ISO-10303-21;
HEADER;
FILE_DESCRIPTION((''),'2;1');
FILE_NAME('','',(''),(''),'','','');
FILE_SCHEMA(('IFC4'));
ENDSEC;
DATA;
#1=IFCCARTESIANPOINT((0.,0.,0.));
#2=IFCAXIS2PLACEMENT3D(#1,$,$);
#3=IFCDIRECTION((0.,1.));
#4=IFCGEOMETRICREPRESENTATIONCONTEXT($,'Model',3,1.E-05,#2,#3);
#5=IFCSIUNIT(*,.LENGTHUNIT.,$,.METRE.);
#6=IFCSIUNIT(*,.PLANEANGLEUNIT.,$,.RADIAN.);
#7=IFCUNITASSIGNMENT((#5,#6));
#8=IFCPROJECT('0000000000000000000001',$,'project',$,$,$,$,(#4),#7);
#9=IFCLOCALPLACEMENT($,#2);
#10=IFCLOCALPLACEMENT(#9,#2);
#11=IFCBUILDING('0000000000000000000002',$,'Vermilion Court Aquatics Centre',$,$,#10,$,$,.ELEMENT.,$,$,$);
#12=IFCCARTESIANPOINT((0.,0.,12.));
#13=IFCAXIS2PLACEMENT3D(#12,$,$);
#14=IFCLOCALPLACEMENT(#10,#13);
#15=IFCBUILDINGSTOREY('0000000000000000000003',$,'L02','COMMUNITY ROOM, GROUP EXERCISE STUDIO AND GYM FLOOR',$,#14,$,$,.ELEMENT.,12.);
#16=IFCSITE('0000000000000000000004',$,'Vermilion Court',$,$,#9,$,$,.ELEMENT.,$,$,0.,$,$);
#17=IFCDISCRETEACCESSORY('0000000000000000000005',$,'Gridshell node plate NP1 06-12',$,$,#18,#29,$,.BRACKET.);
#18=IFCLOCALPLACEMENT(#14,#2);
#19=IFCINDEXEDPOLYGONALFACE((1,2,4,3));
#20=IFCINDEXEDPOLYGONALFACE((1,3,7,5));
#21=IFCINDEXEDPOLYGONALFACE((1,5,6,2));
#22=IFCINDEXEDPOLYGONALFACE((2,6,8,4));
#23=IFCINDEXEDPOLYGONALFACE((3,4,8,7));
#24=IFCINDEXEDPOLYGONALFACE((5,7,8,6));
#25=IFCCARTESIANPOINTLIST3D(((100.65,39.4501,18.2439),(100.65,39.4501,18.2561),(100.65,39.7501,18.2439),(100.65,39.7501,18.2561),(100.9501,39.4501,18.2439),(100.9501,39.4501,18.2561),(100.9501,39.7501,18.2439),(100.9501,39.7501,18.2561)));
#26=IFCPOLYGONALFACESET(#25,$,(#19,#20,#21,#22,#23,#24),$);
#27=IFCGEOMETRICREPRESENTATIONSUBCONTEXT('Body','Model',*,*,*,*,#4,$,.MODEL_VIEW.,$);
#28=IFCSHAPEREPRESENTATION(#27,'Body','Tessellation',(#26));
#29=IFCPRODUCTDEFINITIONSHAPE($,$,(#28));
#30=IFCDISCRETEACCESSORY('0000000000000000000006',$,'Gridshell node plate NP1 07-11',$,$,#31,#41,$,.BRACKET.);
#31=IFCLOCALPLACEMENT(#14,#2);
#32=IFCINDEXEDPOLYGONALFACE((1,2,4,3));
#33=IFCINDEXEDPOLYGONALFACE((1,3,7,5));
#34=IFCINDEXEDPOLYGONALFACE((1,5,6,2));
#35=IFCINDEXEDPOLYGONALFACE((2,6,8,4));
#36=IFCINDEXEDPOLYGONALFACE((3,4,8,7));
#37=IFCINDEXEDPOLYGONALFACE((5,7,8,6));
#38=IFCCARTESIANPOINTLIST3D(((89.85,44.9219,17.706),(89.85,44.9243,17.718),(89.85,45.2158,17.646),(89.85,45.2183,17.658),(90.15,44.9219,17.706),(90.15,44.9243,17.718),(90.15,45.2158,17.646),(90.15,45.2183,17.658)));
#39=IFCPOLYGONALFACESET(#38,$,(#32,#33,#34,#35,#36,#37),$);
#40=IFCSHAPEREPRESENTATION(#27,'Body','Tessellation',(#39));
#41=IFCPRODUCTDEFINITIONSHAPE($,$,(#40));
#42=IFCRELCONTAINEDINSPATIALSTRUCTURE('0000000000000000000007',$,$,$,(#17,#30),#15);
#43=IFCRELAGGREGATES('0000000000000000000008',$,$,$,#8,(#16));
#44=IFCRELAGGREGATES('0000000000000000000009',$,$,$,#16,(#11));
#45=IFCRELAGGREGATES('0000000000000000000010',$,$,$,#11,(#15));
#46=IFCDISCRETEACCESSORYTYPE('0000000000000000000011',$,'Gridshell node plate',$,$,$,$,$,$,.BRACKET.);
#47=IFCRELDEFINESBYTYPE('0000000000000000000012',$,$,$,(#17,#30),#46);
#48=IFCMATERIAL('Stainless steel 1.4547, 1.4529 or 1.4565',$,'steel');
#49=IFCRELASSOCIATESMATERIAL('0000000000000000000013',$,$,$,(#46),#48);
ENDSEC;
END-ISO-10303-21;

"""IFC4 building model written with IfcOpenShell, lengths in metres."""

from ifc_helpers import new_model, si_unit, direction, frame, origin, origin_2d, place, context, subcontext, project, spatial, rectangle, extrude, material, material_profile, profile_set, type_object, element, save


model = new_model("IFC4")

# Units and contexts
model_context = context("Model", 3, precision=1e-05, world=origin(), true_north=direction((0.0, 1.0)))
body_context = subcontext(model_context, "Body", "Model", "MODEL_VIEW")
ifc_project = project(units=[si_unit("LENGTHUNIT", "METRE"), si_unit("PLANEANGLEUNIT", "RADIAN")], contexts=[model_context])

# Site, building, storey
site_placement = place(None, origin())
site = spatial("IfcSite", under=ifc_project, at=site_placement, Name="Vermilion Court", CompositionType="ELEMENT", RefElevation=0.0)
building_placement = place(site_placement, origin())
building = spatial("IfcBuilding", under=site, at=building_placement, Name="Vermilion Court Aquatics Centre", CompositionType="ELEMENT")
storey_placement = place(building_placement, frame((0.0, 0.0, 12.0)))
storey = spatial("IfcBuildingStorey", under=building, at=storey_placement, Name="L02", Description="COMMUNITY ROOM, GROUP EXERCISE STUDIO AND GYM FLOOR", CompositionType="ELEMENT", Elevation=12.0)

# Discrete accessories
ifc_material_1 = material(Name="Stainless steel 1.4547, 1.4529 or 1.4565", Category="steel")
ifc_material_profile_1 = material_profile(ifc_material_1, rectangle(XDim=0.3, YDim=0.3, at=origin_2d()), Name="PL 12 x 300 x 300")
ifc_profile_set_1 = profile_set([ifc_material_profile_1], Name="Stainless steel 1.4547, 1.4529 or 1.4565")
discrete_accessory_type = type_object("IfcDiscreteAccessoryType", Name="Gridshell node plate", PredefinedType="BRACKET", material=ifc_profile_set_1)
for number, where, z_axis, x_axis, name in (
    (1, (100.8, 39.6001, 18.2439), (0.0, 0.0, 1.0), (1.0, 0.0, 0.0), "Gridshell node plate NP1 06-12"),
    (2, (90.0, 45.0688, 17.676), (0.0, 0.19996, 0.979804), (-1.0, 0.0, 0.0), "Gridshell node plate NP1 07-11"),
):
    element("IfcDiscreteAccessory", number, at=place(storey_placement, frame(where, z_axis=z_axis, x_axis=x_axis)), inside=storey, type_object=discrete_accessory_type, Name=name, PredefinedType="BRACKET", context=body_context, shape_type="SweptSolid", body=[
        extrude(rectangle(XDim=0.3, YDim=0.3, at=origin_2d()), origin(), (0.0, 0.0, 1.0), 0.0122),
    ])

save(model, "model.ifc")
